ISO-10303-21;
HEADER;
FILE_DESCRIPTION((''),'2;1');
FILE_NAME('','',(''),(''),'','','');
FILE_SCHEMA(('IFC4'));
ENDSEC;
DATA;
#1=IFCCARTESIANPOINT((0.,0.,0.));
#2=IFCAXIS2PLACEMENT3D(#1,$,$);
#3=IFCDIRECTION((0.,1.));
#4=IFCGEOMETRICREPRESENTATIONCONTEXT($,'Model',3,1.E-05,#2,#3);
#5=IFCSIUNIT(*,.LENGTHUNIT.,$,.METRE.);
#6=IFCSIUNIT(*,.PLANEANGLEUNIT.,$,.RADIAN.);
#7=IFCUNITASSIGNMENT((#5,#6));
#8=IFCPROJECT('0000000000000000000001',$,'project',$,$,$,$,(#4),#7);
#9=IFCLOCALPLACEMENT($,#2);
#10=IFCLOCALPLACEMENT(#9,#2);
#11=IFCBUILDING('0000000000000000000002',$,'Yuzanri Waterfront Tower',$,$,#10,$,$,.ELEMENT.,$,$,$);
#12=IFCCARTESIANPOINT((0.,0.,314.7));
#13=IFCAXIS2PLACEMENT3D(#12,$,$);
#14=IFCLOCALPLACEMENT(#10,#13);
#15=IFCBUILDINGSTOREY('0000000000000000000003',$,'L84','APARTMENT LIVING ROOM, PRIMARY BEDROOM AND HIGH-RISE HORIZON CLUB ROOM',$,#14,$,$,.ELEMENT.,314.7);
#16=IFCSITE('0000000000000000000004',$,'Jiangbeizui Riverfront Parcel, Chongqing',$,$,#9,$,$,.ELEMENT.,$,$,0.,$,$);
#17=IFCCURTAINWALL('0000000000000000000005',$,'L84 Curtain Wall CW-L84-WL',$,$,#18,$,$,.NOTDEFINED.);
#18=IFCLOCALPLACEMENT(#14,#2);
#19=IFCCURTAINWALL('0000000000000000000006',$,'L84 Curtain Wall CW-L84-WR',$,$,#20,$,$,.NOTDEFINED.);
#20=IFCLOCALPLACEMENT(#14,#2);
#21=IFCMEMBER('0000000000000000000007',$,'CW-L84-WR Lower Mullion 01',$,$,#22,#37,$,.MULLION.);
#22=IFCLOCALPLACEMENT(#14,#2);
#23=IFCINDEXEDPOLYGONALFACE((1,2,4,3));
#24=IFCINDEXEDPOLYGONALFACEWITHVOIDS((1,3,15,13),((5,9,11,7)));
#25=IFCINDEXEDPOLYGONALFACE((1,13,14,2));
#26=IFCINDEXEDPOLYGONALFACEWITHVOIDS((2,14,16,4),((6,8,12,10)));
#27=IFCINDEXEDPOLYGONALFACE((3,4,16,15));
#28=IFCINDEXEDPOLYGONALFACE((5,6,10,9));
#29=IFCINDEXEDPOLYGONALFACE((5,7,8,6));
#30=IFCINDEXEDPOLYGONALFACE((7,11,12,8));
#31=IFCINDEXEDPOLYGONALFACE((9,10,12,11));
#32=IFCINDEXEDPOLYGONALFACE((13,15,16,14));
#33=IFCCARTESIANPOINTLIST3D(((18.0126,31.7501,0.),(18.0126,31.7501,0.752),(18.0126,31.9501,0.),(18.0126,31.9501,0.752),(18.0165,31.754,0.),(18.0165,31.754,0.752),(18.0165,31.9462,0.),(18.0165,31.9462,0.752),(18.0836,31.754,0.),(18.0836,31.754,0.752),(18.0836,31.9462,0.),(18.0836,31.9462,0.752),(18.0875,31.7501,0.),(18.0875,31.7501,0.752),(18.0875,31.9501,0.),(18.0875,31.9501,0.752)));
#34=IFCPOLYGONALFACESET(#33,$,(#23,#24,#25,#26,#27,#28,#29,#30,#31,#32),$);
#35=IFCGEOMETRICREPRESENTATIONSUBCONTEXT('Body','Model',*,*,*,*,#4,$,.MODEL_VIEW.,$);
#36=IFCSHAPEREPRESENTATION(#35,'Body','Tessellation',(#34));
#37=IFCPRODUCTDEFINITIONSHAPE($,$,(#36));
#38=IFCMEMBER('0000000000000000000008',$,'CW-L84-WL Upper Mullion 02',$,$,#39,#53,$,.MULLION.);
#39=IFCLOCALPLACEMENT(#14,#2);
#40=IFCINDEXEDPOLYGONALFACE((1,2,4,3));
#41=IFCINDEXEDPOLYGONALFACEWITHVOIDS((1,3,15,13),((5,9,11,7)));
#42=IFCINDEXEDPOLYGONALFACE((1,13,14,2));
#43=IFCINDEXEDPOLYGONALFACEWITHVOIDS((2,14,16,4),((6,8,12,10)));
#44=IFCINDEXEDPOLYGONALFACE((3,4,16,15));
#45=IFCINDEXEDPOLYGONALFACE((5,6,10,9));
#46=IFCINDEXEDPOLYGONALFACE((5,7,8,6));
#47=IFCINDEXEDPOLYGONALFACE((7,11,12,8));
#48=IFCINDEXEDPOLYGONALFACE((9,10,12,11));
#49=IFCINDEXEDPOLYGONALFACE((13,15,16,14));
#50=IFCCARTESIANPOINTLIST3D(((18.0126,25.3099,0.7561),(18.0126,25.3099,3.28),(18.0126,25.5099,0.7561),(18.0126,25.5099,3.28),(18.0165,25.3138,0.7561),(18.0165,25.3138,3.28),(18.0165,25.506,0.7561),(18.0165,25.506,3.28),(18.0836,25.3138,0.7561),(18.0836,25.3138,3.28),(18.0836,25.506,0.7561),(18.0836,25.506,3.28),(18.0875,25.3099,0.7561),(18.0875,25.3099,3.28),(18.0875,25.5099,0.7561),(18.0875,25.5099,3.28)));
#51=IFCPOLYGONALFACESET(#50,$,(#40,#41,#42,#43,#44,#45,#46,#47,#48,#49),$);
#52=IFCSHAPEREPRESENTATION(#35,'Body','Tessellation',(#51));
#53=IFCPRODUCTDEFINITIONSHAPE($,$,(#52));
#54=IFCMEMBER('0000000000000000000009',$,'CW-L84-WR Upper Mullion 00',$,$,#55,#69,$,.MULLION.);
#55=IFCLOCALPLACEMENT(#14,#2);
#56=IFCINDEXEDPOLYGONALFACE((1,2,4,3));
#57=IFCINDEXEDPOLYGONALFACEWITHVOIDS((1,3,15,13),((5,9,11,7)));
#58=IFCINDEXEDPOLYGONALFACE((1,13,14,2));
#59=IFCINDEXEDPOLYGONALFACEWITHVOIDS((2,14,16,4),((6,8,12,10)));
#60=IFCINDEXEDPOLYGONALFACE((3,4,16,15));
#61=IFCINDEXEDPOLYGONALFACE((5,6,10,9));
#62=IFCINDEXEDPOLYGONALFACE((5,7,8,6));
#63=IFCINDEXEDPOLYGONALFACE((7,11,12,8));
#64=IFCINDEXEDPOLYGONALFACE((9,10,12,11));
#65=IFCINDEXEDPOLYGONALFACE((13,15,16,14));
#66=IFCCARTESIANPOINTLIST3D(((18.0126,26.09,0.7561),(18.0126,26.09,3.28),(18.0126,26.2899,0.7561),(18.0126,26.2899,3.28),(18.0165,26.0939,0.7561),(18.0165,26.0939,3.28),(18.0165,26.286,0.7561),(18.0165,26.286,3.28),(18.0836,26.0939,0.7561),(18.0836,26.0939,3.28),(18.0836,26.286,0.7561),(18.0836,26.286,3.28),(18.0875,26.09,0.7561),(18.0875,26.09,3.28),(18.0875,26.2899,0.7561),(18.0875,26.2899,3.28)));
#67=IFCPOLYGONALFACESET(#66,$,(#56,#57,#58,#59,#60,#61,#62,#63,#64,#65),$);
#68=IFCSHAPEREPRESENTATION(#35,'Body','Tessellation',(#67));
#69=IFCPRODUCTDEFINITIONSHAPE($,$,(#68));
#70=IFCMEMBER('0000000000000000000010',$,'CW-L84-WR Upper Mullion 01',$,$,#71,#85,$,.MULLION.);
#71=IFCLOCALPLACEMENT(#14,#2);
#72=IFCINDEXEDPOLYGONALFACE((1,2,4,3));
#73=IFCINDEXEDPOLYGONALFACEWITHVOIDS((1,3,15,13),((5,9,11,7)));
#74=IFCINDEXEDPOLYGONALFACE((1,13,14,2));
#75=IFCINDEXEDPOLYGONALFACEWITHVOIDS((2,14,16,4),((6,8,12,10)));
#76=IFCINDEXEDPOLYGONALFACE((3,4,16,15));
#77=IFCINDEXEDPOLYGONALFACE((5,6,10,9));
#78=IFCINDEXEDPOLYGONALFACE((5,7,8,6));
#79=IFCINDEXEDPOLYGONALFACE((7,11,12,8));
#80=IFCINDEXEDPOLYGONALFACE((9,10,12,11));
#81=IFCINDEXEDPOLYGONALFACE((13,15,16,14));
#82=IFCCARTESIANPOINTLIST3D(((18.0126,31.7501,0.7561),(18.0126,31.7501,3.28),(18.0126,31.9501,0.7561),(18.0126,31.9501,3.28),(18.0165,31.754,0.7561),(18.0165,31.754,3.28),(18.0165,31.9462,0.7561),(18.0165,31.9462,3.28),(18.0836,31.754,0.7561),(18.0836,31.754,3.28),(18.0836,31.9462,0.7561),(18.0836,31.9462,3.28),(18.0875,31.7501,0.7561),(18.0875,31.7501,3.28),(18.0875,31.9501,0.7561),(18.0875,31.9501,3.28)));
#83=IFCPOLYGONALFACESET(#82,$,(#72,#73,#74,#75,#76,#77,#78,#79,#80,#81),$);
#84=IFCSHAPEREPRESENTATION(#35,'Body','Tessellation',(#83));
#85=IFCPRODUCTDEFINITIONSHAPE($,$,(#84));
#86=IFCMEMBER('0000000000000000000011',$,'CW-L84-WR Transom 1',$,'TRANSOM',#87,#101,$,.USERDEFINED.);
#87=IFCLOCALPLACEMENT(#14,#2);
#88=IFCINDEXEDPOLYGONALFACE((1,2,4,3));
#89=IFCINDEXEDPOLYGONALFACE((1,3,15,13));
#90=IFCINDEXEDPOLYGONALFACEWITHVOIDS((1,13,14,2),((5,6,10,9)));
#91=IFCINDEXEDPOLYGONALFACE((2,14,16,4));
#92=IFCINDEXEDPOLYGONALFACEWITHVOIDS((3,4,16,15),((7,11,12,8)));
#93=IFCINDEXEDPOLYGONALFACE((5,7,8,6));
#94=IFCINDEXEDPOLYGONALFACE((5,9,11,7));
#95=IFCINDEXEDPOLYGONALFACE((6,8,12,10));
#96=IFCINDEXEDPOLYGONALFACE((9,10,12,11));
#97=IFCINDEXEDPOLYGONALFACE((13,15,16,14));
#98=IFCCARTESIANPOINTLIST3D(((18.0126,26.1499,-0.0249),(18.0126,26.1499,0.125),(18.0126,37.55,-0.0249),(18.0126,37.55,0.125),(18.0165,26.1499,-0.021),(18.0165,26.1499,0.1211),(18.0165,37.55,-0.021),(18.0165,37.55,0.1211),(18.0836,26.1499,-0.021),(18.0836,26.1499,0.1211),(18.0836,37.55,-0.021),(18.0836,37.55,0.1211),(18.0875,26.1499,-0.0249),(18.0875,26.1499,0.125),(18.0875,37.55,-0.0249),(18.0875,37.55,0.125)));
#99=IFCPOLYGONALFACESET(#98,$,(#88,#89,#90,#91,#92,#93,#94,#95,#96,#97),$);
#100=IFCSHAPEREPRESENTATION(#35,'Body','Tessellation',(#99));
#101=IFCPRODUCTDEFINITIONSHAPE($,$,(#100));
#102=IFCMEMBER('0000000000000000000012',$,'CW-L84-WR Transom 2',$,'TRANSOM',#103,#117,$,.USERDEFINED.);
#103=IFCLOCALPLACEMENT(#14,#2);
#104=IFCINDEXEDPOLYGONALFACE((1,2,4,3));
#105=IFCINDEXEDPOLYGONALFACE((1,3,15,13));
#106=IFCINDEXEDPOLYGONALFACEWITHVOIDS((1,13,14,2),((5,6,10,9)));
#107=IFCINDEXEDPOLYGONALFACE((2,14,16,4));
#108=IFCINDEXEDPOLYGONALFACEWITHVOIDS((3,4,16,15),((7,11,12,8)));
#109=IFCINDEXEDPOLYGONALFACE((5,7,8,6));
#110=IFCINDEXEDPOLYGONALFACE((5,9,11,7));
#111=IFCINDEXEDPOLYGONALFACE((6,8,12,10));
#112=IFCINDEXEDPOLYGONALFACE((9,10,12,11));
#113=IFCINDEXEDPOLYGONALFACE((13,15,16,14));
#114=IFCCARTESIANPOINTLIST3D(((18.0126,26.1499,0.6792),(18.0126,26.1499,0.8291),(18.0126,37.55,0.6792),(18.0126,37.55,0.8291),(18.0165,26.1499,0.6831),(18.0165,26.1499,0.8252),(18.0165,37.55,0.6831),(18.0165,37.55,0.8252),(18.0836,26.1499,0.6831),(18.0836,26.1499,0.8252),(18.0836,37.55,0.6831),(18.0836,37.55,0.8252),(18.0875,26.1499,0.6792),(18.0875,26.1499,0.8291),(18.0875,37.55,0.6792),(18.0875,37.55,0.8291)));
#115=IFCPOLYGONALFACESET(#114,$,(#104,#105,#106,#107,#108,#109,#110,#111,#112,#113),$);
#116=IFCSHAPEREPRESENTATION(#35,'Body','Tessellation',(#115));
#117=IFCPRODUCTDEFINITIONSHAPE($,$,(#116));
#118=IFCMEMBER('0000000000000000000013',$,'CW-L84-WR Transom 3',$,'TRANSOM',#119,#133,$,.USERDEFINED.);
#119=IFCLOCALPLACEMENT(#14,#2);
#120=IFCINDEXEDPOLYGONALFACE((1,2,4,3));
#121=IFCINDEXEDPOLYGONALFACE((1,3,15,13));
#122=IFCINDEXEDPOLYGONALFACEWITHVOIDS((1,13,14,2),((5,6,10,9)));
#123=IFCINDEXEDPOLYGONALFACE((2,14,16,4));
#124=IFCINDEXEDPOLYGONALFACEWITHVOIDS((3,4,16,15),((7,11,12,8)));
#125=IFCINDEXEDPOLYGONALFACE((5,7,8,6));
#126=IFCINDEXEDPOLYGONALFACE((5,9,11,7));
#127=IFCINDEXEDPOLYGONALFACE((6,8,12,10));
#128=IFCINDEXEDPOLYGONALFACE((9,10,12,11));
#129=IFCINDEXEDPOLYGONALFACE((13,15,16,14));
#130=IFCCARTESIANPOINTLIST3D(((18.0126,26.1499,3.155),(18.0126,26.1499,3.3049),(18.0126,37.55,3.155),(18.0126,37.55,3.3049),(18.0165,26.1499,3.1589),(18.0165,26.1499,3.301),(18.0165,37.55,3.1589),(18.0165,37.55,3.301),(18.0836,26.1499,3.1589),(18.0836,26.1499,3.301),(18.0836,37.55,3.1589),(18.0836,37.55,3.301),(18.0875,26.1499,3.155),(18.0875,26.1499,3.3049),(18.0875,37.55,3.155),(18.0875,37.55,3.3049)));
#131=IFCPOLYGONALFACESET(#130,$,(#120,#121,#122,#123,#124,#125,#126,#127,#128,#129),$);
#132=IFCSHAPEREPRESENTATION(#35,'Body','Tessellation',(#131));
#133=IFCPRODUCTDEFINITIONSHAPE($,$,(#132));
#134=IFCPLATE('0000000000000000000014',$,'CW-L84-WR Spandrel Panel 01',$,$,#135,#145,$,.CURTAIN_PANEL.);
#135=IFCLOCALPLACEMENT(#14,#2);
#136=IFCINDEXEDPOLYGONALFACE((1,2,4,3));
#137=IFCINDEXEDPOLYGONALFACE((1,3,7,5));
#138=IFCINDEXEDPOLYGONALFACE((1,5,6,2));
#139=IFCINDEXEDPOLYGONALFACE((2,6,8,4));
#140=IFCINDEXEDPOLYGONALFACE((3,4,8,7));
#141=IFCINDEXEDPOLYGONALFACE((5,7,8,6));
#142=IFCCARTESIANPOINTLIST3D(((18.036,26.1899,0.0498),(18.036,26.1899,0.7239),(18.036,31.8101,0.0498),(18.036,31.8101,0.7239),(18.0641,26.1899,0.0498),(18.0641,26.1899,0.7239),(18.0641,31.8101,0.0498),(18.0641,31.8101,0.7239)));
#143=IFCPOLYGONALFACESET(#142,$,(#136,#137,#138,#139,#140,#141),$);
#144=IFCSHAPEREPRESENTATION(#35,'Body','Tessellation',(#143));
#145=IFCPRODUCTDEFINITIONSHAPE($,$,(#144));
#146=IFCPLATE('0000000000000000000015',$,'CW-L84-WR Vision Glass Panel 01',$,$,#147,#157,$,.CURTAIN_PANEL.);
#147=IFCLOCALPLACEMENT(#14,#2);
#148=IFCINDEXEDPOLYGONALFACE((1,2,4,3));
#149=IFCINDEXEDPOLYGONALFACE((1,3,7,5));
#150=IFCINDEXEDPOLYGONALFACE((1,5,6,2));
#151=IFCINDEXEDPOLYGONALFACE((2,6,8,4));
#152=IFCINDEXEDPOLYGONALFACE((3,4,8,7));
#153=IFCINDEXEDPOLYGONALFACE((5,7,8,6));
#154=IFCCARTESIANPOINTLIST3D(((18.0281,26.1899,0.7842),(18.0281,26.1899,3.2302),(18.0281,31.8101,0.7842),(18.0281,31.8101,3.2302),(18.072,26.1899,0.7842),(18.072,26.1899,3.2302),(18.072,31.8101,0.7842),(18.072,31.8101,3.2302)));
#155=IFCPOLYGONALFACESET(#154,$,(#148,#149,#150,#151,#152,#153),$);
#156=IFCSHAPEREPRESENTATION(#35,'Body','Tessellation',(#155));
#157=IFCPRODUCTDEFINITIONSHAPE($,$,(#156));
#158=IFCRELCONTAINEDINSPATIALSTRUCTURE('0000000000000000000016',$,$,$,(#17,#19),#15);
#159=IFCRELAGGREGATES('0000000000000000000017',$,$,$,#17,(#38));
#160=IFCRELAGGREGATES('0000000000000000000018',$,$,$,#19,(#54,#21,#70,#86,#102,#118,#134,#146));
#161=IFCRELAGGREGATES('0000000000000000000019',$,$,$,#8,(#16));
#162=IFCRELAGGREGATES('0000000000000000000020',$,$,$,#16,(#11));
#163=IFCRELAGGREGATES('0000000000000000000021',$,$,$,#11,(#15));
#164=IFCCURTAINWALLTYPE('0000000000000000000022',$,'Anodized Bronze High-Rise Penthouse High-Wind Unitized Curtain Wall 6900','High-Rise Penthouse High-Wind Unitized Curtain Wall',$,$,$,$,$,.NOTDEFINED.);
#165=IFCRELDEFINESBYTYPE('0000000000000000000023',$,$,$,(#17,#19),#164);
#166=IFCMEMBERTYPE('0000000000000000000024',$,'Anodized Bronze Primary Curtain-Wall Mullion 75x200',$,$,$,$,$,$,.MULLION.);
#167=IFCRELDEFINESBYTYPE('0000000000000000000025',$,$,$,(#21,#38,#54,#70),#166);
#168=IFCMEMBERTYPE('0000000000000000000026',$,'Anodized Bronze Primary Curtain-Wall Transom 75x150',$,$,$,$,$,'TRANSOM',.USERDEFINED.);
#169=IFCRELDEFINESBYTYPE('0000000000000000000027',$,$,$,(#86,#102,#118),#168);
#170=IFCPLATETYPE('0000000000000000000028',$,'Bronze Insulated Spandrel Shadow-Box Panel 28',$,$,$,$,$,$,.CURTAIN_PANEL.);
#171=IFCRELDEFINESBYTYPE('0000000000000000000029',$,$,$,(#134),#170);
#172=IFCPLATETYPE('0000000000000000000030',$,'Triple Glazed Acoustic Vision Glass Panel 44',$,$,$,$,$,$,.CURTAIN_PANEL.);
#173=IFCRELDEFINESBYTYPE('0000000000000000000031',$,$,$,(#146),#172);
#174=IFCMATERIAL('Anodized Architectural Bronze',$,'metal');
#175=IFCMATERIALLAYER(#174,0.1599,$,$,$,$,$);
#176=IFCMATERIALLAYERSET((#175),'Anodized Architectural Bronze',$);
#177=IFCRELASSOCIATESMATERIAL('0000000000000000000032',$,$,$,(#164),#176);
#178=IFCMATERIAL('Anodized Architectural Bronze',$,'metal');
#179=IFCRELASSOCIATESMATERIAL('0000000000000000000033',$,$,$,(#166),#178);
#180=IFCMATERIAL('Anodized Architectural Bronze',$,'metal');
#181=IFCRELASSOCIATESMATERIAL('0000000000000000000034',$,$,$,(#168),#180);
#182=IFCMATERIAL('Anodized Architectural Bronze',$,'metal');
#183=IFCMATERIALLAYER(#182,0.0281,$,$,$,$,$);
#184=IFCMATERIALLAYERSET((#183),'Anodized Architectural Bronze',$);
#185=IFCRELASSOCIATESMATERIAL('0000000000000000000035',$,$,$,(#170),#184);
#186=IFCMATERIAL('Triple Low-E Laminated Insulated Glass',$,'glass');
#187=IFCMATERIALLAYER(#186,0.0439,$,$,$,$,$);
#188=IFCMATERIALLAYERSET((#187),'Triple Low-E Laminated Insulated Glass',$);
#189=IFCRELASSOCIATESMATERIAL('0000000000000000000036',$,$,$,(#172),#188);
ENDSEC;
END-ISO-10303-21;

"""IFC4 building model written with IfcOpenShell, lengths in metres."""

from ifc_helpers import new_model, si_unit, direction, frame, origin, origin_2d, place, context, subcontext, project, spatial, rectangle, hollow_rectangle, extrude, source, transform, mapped, material, layer, layer_set, material_profile, profile_set, type_object, element, aggregate, save


model = new_model("IFC4")

# Units and contexts
model_context = context("Model", 3, precision=1e-05, world=origin(), true_north=direction((0.0, 1.0)))
body_context = subcontext(model_context, "Body", "Model", "MODEL_VIEW")
ifc_project = project(units=[si_unit("LENGTHUNIT", "METRE"), si_unit("PLANEANGLEUNIT", "RADIAN")], contexts=[model_context])

# Site, building, storey
site_placement = place(None, origin())
site = spatial("IfcSite", under=ifc_project, at=site_placement, Name="Jiangbeizui Riverfront Parcel, Chongqing", CompositionType="ELEMENT", RefElevation=0.0)
building_placement = place(site_placement, origin())
building = spatial("IfcBuilding", under=site, at=building_placement, Name="Yuzanri Waterfront Tower", CompositionType="ELEMENT")
storey_placement = place(building_placement, frame((0.0, 0.0, 314.7)))
storey = spatial("IfcBuildingStorey", under=building, at=storey_placement, Name="L84", Description="APARTMENT LIVING ROOM, PRIMARY BEDROOM AND HIGH-RISE HORIZON CLUB ROOM", CompositionType="ELEMENT", Elevation=314.7)

# Curtain wall
ifc_material_1 = material(Name="Anodized Architectural Bronze", Category="metal")
ifc_layer_1 = layer(ifc_material_1, 0.1599)
ifc_layer_set_1 = layer_set([ifc_layer_1], Name="Anodized Architectural Bronze")
curtain_wall_type = type_object("IfcCurtainWallType", Name="Anodized Bronze High-Rise Penthouse High-Wind Unitized Curtain Wall 6900", Description="High-Rise Penthouse High-Wind Unitized Curtain Wall", PredefinedType="NOTDEFINED", material=ifc_layer_set_1)
curtain_wall_1_placement = place(storey_placement, origin())
curtain_wall_1 = element("IfcCurtainWall", 1, at=curtain_wall_1_placement, inside=storey, type_object=curtain_wall_type, Name="L84 Curtain Wall CW-L84-WL", PredefinedType="NOTDEFINED")
ifc_material_2 = material(Name="Anodized Architectural Bronze", Category="metal")
ifc_material_profile_1 = material_profile(ifc_material_2, hollow_rectangle(XDim=0.075, YDim=0.2, WallThickness=0.0039, at=origin_2d()), Name="CWM 75x200")
ifc_profile_set_1 = profile_set([ifc_material_profile_1], Name="Anodized Architectural Bronze")
member_type_1 = type_object("IfcMemberType", Name="Anodized Bronze Primary Curtain-Wall Mullion 75x200", PredefinedType="MULLION", material=ifc_profile_set_1)
shared_shape_1 = source(origin(), body_context, "Body", "SweptSolid", [
    extrude(hollow_rectangle(XDim=0.075, YDim=0.2, WallThickness=0.0039, at=origin_2d()), origin(), (0.0, 0.0, 1.0), 0.752),
])

# Curtain wall, member
curtain_wall_2_placement = place(storey_placement, origin())
curtain_wall_2 = element("IfcCurtainWall", 2, at=curtain_wall_2_placement, inside=storey, type_object=curtain_wall_type, Name="L84 Curtain Wall CW-L84-WR", PredefinedType="NOTDEFINED")
member_1_placement = place(storey_placement, frame((18.05, 31.8501, 0.0), z_axis=(0.0, 0.0, 1.0), x_axis=(1.0, 0.0, 0.0)))
member_1 = element("IfcMember", 3, at=member_1_placement, type_object=member_type_1, Name="CW-L84-WR Lower Mullion 01", PredefinedType="MULLION", context=body_context, shape_type="MappedRepresentation", body=[
    mapped(shared_shape_1, transform((0.0, 0.0, 0.0), scale=1.0)),
])

# Members
shared_shape_2 = source(origin(), body_context, "Body", "SweptSolid", [
    extrude(hollow_rectangle(XDim=0.075, YDim=0.2, WallThickness=0.0039, at=origin_2d()), origin(), (0.0, 0.0, 1.0), 2.5239),
])
member_2_placement = place(storey_placement, frame((18.05, 25.4099, 0.7561), z_axis=(0.0, 0.0, 1.0), x_axis=(1.0, 0.0, 0.0)))
member_2 = element("IfcMember", 4, at=member_2_placement, type_object=member_type_1, Name="CW-L84-WL Upper Mullion 02", PredefinedType="MULLION", context=body_context, shape_type="MappedRepresentation", body=[
    mapped(shared_shape_2, transform((0.0, 0.0, 0.0), scale=1.0)),
])
aggregate(curtain_wall_1, [member_2])
member_3_placement = place(storey_placement, frame((18.05, 26.1899, 0.7561), z_axis=(0.0, 0.0, 1.0), x_axis=(1.0, 0.0, 0.0)))
member_3 = element("IfcMember", 5, at=member_3_placement, type_object=member_type_1, Name="CW-L84-WR Upper Mullion 00", PredefinedType="MULLION", context=body_context, shape_type="MappedRepresentation", body=[
    mapped(shared_shape_2, transform((0.0, 0.0, 0.0), scale=1.0)),
])
member_4_placement = place(storey_placement, frame((18.05, 31.8501, 0.7561), z_axis=(0.0, 0.0, 1.0), x_axis=(1.0, 0.0, 0.0)))
member_4 = element("IfcMember", 6, at=member_4_placement, type_object=member_type_1, Name="CW-L84-WR Upper Mullion 01", PredefinedType="MULLION", context=body_context, shape_type="MappedRepresentation", body=[
    mapped(shared_shape_2, transform((0.0, 0.0, 0.0), scale=1.0)),
])
ifc_material_3 = material(Name="Anodized Architectural Bronze", Category="metal")
ifc_material_profile_2 = material_profile(ifc_material_3, hollow_rectangle(XDim=0.075, YDim=0.1499, WallThickness=0.0039, at=origin_2d()), Name="CWT 75x150")
ifc_profile_set_2 = profile_set([ifc_material_profile_2], Name="Anodized Architectural Bronze")
member_type_2 = type_object("IfcMemberType", Name="Anodized Bronze Primary Curtain-Wall Transom 75x150", ElementType="TRANSOM", PredefinedType="USERDEFINED", material=ifc_profile_set_2)
shared_shape_3 = source(origin(), body_context, "Body", "SweptSolid", [
    extrude(hollow_rectangle(XDim=0.075, YDim=0.1499, WallThickness=0.0039, at=origin_2d()), origin(), (0.0, 0.0, 1.0), 11.4001),
])
member_5_placement = place(storey_placement, frame((18.05, 26.1499, 0.05), z_axis=(0.0, 1.0, 0.0), x_axis=(-1.0, 0.0, 0.0)))
member_5 = element("IfcMember", 7, at=member_5_placement, type_object=member_type_2, Name="CW-L84-WR Transom 1", ObjectType="TRANSOM", PredefinedType="USERDEFINED", context=body_context, shape_type="MappedRepresentation", body=[
    mapped(shared_shape_3, transform((0.0, 0.0, 0.0), scale=1.0)),
])
member_6_placement = place(storey_placement, frame((18.05, 26.1499, 0.7542), z_axis=(0.0, 1.0, 0.0), x_axis=(-1.0, 0.0, 0.0)))
member_6 = element("IfcMember", 8, at=member_6_placement, type_object=member_type_2, Name="CW-L84-WR Transom 2", ObjectType="TRANSOM", PredefinedType="USERDEFINED", context=body_context, shape_type="MappedRepresentation", body=[
    mapped(shared_shape_3, transform((0.0, 0.0, 0.0), scale=1.0)),
])
member_7_placement = place(storey_placement, frame((18.05, 26.1499, 3.23), z_axis=(0.0, 1.0, 0.0), x_axis=(-1.0, 0.0, 0.0)))
member_7 = element("IfcMember", 9, at=member_7_placement, type_object=member_type_2, Name="CW-L84-WR Transom 3", ObjectType="TRANSOM", PredefinedType="USERDEFINED", context=body_context, shape_type="MappedRepresentation", body=[
    mapped(shared_shape_3, transform((0.0, 0.0, 0.0), scale=1.0)),
])

# Plates
ifc_material_4 = material(Name="Anodized Architectural Bronze", Category="metal")
ifc_layer_2 = layer(ifc_material_4, 0.0281)
ifc_layer_set_2 = layer_set([ifc_layer_2], Name="Anodized Architectural Bronze")
plate_type_1 = type_object("IfcPlateType", Name="Bronze Insulated Spandrel Shadow-Box Panel 28", PredefinedType="CURTAIN_PANEL", material=ifc_layer_set_2)
shared_shape_4 = source(origin(), body_context, "Body", "SweptSolid", [
    extrude(rectangle(XDim=5.6201, YDim=0.0281, at=origin_2d()), origin(), (0.0, 0.0, 1.0), 0.6741),
])
plate_1_placement = place(storey_placement, frame((18.05, 29.0, 0.0498), z_axis=(0.0, 0.0, 1.0), x_axis=(0.0, 1.0, 0.0)))
plate_1 = element("IfcPlate", 10, at=plate_1_placement, type_object=plate_type_1, Name="CW-L84-WR Spandrel Panel 01", PredefinedType="CURTAIN_PANEL", context=body_context, shape_type="MappedRepresentation", body=[
    mapped(shared_shape_4, transform((0.0, 0.0, 0.0), scale=1.0)),
])
ifc_material_5 = material(Name="Triple Low-E Laminated Insulated Glass", Category="glass")
ifc_layer_3 = layer(ifc_material_5, 0.0439)
ifc_layer_set_3 = layer_set([ifc_layer_3], Name="Triple Low-E Laminated Insulated Glass")
plate_type_2 = type_object("IfcPlateType", Name="Triple Glazed Acoustic Vision Glass Panel 44", PredefinedType="CURTAIN_PANEL", material=ifc_layer_set_3)
shared_shape_5 = source(origin(), body_context, "Body", "SweptSolid", [
    extrude(rectangle(XDim=5.6201, YDim=0.0439, at=origin_2d()), origin(), (0.0, 0.0, 1.0), 2.446),
])
plate_2_placement = place(storey_placement, frame((18.05, 29.0, 0.7842), z_axis=(0.0, 0.0, 1.0), x_axis=(0.0, 1.0, 0.0)))
plate_2 = element("IfcPlate", 11, at=plate_2_placement, type_object=plate_type_2, Name="CW-L84-WR Vision Glass Panel 01", PredefinedType="CURTAIN_PANEL", context=body_context, shape_type="MappedRepresentation", body=[
    mapped(shared_shape_5, transform((0.0, 0.0, 0.0), scale=1.0)),
])
aggregate(curtain_wall_2, [member_3, member_1, member_4, member_5, member_6, member_7, plate_1, plate_2])

save(model, "model.ifc")
